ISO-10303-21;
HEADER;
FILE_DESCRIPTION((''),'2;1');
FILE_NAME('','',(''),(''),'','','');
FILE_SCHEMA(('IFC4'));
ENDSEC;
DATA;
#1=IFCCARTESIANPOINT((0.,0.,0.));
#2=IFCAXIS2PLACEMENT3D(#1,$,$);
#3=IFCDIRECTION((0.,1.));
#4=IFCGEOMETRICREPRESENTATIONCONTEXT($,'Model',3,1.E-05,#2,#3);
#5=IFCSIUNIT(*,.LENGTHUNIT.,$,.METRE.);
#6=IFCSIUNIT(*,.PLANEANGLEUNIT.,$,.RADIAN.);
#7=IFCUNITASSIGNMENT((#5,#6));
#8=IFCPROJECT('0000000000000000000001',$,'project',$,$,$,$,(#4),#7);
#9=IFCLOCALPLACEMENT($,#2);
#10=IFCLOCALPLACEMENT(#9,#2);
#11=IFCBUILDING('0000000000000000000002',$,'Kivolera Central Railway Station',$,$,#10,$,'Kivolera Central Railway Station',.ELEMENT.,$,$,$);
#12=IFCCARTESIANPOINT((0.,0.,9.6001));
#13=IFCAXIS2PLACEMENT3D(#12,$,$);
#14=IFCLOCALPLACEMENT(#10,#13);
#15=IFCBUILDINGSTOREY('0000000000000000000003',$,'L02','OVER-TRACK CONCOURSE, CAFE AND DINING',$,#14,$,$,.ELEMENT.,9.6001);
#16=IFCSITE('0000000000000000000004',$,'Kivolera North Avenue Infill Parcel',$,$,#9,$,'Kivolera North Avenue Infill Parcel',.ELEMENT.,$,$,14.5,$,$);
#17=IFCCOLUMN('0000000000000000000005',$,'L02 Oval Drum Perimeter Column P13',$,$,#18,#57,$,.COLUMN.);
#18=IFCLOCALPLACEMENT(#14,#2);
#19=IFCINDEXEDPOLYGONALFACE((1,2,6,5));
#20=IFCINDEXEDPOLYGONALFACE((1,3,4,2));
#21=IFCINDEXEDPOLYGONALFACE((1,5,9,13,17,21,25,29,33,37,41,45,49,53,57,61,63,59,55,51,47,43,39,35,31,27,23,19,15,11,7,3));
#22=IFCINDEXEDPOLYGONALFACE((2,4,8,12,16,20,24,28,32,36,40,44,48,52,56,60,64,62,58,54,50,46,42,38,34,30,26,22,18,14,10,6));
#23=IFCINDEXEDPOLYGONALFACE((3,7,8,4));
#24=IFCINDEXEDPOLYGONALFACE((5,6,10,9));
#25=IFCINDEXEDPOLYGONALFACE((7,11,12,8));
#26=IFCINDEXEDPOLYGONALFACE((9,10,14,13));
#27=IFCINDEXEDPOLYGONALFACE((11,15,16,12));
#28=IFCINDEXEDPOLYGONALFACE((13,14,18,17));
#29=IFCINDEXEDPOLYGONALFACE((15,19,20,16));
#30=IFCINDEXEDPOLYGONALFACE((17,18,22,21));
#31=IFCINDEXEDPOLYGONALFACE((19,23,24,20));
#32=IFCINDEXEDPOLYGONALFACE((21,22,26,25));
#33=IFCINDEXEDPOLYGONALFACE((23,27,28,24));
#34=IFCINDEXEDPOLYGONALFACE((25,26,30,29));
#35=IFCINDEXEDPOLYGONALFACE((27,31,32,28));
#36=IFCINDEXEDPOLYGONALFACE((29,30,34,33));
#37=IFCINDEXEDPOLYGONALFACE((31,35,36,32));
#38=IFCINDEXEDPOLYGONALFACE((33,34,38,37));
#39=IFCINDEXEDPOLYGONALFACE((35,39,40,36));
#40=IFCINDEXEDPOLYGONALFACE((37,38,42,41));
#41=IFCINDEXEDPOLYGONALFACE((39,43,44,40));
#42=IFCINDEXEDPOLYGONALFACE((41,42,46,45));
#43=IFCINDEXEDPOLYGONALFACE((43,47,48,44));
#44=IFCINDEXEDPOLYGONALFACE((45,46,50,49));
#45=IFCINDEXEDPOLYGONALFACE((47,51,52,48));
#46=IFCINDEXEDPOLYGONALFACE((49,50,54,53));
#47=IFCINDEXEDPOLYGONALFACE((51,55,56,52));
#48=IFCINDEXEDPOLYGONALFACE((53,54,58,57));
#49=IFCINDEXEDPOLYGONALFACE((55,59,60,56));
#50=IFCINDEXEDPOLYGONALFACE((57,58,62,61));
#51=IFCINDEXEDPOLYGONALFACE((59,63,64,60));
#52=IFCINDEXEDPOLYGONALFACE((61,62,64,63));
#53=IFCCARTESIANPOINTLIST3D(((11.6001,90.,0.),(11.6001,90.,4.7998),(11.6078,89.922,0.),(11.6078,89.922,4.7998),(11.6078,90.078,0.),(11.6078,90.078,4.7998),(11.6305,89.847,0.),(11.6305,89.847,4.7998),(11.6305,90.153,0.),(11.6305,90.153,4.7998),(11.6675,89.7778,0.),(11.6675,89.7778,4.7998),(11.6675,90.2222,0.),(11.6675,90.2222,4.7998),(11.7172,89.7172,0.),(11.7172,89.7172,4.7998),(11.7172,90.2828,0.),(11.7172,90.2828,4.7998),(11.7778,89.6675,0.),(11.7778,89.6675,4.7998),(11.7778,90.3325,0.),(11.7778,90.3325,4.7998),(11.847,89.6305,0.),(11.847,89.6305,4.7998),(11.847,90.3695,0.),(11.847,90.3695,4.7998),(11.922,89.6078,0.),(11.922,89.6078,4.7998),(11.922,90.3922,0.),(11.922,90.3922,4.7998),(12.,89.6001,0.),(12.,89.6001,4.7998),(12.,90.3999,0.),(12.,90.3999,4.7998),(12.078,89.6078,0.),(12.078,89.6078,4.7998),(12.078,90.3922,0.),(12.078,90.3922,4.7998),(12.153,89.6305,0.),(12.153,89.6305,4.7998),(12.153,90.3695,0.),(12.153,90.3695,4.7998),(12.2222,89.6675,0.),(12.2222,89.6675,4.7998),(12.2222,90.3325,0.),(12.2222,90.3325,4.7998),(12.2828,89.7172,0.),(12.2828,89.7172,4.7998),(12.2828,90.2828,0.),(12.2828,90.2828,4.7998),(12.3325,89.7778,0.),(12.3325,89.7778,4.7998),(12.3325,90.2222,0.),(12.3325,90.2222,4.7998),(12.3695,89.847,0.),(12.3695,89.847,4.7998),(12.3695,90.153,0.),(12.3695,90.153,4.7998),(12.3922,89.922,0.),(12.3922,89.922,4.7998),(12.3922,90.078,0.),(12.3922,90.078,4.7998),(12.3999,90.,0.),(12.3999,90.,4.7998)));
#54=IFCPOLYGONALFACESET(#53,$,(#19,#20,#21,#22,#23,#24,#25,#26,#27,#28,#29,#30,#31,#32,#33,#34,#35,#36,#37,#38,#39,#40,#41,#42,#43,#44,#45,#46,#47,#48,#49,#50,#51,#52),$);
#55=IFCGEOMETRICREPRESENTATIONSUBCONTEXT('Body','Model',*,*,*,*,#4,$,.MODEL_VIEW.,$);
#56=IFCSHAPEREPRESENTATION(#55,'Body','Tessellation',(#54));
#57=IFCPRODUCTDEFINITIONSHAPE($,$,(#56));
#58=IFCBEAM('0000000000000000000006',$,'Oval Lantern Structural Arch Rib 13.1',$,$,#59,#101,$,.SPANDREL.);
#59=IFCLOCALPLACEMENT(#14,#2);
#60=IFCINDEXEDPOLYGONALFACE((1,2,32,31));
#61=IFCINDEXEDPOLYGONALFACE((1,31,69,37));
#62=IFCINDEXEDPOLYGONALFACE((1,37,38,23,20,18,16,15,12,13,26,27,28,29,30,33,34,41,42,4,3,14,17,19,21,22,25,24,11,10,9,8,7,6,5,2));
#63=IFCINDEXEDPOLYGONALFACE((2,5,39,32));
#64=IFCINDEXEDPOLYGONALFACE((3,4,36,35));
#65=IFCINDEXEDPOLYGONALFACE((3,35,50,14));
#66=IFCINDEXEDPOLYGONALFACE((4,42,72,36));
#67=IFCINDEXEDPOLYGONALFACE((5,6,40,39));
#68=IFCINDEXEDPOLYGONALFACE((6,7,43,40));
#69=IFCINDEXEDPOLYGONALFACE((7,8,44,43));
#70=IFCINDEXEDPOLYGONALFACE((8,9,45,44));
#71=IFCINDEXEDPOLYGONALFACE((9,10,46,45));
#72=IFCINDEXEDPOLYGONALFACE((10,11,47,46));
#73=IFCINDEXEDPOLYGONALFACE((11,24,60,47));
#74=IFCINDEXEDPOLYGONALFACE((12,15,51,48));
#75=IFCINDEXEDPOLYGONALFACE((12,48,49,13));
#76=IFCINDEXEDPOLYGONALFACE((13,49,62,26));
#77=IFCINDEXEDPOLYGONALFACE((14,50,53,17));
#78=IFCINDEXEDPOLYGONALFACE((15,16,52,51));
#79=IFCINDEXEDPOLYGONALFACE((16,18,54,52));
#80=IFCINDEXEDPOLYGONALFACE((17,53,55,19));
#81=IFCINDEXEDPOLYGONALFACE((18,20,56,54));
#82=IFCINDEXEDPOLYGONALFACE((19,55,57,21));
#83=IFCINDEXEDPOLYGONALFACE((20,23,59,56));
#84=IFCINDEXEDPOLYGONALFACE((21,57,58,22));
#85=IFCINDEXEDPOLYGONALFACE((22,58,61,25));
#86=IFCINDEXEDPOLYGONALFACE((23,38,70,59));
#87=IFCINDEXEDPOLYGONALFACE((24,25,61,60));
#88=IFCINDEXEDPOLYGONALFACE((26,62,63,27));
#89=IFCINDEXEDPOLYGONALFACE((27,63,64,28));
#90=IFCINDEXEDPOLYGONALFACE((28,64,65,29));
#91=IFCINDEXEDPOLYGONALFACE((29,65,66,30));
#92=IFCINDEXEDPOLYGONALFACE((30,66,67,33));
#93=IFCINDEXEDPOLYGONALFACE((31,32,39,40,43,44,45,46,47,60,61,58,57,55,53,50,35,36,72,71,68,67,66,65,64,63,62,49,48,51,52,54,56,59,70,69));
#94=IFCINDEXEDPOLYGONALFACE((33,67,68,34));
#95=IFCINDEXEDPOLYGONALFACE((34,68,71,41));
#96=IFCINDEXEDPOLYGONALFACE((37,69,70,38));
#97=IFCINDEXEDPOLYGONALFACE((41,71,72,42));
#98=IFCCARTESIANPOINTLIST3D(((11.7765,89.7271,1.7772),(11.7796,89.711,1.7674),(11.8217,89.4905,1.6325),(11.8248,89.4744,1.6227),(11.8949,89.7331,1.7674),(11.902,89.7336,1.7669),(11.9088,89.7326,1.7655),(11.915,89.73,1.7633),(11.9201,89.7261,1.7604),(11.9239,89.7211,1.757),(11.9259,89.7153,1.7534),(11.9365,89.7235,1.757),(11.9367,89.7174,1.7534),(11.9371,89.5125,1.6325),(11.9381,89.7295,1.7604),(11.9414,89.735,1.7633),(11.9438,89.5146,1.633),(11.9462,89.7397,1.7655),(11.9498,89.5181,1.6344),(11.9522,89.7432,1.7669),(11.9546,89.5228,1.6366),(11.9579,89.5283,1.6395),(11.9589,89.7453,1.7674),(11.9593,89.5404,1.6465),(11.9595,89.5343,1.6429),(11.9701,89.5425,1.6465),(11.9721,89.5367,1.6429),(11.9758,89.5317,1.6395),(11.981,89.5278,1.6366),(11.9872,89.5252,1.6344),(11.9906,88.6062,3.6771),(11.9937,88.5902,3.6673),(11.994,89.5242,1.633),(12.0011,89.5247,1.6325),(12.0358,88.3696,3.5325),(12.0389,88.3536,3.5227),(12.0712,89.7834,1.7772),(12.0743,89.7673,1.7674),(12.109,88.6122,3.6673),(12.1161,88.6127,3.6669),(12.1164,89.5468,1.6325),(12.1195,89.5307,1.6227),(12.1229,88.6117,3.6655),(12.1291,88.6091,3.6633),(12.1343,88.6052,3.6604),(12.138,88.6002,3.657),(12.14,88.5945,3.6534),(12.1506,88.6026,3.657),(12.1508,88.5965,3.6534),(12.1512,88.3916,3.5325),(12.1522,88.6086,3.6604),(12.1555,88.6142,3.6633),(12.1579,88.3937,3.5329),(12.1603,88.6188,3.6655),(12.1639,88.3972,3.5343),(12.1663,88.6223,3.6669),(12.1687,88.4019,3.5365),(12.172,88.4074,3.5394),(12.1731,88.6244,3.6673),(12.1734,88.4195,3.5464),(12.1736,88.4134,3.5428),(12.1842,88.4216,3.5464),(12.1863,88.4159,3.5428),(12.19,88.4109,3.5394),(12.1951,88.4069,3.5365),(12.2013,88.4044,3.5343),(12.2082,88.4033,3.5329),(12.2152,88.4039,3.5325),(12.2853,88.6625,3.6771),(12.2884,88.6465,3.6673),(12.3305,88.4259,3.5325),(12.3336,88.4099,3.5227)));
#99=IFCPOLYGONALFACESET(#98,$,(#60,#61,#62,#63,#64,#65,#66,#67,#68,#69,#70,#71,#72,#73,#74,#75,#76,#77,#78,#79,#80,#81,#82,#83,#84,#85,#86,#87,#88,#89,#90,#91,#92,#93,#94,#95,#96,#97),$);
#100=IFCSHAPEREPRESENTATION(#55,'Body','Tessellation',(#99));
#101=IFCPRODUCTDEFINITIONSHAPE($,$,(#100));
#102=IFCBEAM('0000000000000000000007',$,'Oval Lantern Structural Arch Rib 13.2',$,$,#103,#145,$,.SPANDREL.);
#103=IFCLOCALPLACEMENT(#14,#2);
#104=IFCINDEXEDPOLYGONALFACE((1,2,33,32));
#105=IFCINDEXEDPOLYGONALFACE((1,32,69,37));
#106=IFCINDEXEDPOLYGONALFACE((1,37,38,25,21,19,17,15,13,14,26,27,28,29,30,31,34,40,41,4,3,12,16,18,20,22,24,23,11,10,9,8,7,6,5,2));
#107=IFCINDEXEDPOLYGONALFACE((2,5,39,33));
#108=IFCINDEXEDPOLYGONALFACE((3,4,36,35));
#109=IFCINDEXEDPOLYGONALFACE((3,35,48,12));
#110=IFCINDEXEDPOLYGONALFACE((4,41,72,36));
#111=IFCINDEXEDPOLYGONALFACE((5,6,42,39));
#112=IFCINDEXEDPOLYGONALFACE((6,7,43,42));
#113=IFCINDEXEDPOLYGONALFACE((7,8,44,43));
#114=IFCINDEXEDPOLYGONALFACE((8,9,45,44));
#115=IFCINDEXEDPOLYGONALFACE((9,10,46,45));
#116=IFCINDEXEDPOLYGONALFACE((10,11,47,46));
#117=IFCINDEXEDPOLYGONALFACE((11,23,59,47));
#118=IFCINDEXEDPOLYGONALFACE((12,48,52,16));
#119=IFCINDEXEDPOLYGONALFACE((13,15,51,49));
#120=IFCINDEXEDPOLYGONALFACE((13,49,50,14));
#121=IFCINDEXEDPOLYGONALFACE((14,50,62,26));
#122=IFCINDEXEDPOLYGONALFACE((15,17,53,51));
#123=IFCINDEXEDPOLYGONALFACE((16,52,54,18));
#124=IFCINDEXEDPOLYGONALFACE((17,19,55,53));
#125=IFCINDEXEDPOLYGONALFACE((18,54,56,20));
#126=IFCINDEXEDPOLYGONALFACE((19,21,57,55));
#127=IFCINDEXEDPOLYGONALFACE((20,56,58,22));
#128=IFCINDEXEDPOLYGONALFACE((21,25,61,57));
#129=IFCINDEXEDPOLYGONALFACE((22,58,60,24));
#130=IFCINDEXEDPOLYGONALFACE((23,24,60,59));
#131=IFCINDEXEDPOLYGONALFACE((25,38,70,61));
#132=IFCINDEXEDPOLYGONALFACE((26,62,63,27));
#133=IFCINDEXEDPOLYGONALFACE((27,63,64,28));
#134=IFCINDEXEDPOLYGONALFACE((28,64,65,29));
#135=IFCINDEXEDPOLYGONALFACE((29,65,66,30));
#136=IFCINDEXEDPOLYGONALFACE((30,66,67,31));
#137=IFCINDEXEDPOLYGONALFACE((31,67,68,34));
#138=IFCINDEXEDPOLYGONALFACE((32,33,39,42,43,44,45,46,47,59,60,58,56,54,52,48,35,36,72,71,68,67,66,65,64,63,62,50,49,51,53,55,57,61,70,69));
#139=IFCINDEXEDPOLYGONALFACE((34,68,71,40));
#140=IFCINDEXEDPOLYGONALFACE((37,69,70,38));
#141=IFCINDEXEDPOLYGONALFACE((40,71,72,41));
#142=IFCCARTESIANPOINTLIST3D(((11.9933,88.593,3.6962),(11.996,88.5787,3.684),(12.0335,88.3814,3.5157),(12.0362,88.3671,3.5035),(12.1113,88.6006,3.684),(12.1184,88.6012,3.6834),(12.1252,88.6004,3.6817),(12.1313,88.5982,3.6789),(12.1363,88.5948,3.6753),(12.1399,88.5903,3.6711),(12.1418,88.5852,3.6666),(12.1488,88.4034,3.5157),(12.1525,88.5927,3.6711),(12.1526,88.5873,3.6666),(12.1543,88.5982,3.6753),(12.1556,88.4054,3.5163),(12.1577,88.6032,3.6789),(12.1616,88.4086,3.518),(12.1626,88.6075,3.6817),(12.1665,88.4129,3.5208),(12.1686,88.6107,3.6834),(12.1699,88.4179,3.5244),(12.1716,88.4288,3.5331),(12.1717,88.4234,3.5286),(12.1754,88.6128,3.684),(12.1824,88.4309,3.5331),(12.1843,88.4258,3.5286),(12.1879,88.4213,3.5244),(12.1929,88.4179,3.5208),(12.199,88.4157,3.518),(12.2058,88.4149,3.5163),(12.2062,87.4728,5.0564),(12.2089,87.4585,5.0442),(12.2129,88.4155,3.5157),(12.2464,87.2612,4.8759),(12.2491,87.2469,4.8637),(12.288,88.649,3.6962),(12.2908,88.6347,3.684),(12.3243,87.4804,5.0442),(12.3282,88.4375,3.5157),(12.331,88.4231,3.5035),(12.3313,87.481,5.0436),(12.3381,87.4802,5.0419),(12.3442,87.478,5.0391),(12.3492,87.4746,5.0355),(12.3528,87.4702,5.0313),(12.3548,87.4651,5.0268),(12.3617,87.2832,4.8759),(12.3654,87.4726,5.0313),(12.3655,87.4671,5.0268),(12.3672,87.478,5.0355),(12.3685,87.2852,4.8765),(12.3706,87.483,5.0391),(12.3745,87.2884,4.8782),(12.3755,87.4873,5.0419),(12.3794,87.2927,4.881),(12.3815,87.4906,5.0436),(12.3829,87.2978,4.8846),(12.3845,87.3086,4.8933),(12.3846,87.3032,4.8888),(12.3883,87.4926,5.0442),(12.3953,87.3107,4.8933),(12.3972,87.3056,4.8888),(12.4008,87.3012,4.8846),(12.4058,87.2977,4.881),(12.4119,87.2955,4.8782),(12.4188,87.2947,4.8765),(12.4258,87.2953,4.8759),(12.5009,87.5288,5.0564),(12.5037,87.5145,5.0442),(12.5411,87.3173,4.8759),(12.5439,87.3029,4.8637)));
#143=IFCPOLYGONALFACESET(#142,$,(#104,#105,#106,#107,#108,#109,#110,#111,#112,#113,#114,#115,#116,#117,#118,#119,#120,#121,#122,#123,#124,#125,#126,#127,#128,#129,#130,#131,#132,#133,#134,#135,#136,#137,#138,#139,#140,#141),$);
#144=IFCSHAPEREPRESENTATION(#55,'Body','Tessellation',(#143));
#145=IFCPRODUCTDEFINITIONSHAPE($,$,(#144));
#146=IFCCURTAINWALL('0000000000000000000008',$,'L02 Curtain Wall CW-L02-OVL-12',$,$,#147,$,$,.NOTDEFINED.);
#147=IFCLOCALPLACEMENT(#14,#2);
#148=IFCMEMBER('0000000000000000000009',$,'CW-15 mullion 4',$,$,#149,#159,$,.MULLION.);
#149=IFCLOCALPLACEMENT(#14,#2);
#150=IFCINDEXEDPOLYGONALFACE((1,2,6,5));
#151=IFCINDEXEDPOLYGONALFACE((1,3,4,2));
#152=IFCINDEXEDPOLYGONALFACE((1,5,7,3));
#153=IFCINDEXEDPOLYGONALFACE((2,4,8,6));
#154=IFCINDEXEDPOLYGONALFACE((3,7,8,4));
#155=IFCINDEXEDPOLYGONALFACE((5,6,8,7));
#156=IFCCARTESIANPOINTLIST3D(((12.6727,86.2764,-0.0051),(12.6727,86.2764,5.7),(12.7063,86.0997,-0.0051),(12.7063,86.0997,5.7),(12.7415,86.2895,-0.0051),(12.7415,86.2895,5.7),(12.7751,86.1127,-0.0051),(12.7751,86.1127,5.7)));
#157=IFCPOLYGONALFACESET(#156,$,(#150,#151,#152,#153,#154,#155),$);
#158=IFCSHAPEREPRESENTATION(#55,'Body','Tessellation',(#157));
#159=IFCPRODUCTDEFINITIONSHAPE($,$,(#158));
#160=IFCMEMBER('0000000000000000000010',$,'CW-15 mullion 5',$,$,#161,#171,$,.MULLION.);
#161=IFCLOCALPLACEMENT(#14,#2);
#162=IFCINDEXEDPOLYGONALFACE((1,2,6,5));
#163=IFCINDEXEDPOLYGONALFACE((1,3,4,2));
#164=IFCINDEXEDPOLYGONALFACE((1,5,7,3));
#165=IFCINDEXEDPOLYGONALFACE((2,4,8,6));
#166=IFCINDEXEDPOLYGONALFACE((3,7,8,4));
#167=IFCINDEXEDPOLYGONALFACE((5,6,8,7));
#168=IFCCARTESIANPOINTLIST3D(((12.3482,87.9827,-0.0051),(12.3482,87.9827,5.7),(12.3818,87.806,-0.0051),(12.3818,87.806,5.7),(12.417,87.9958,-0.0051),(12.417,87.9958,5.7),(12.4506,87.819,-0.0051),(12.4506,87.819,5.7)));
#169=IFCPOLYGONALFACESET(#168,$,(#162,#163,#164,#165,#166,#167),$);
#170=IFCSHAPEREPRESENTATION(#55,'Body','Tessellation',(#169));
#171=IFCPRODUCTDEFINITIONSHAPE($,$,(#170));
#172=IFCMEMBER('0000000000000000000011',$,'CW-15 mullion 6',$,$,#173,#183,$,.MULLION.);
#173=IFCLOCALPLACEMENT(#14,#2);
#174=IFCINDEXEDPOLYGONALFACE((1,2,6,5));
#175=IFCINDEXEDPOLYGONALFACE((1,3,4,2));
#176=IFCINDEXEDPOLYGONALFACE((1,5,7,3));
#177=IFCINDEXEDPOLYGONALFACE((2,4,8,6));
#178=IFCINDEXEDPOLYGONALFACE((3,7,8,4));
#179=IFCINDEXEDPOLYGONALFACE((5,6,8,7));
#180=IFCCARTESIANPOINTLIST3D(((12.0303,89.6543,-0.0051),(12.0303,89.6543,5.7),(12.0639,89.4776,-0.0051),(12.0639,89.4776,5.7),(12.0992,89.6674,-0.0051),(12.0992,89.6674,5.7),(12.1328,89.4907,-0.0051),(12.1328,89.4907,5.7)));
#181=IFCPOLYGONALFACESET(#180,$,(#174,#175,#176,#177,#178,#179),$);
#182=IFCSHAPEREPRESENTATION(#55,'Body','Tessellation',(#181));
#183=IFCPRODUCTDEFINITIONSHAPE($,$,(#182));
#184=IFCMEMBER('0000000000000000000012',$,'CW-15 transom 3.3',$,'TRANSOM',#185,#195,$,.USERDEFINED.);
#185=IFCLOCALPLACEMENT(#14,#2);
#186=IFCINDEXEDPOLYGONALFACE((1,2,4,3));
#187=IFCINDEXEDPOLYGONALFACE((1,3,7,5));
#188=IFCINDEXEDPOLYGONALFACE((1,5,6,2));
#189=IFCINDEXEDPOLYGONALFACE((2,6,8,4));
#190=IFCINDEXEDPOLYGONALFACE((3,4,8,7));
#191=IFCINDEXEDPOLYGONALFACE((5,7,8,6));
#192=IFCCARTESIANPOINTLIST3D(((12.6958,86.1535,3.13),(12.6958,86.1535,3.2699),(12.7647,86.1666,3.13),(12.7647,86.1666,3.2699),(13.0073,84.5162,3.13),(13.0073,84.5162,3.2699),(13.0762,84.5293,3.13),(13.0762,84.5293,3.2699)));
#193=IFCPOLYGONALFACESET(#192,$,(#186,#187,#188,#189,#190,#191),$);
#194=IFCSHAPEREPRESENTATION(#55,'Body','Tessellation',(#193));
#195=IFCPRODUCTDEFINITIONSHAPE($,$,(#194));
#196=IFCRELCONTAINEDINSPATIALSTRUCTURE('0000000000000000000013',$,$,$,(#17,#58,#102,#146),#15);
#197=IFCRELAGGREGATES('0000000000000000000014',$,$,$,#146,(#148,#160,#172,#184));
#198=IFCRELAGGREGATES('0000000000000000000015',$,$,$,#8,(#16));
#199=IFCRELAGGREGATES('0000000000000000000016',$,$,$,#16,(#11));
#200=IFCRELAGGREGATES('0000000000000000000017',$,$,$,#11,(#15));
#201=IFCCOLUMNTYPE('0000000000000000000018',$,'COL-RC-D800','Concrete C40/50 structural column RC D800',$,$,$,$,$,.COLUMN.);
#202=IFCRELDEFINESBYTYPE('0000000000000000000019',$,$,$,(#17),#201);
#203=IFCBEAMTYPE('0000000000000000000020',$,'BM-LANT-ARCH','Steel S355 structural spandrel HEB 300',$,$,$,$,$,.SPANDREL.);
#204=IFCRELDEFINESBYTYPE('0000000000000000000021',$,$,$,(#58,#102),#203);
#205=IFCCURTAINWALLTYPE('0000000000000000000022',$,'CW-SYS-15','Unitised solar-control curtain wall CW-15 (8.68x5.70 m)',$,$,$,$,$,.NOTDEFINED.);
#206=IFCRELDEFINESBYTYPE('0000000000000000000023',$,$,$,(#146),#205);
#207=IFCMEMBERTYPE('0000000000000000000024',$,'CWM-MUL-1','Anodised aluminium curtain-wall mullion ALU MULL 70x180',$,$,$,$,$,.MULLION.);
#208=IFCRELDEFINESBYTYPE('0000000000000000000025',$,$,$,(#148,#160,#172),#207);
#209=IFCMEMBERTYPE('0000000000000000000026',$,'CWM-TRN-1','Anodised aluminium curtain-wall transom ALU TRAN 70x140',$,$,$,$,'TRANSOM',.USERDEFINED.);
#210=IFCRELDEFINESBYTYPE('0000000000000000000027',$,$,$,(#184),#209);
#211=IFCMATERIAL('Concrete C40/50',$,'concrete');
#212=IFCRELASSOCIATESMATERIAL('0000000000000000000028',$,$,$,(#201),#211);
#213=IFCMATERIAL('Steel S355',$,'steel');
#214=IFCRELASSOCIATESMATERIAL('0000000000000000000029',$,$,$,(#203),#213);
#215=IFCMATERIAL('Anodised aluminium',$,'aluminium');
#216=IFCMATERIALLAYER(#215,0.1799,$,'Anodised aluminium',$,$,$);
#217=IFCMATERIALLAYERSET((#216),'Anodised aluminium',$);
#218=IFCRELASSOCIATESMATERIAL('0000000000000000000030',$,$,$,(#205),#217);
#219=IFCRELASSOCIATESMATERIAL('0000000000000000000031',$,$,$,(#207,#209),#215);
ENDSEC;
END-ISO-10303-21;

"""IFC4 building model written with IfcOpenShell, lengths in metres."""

from ifc_helpers import new_model, si_unit, direction, frame, origin, origin_2d, place, context, subcontext, project, spatial, rectangle, circle, i_section, extrude, material, layer, layer_set, material_profile, profile_set, type_object, element, aggregate, save


model = new_model("IFC4")

# Units and contexts
model_context = context("Model", 3, precision=1e-05, world=origin(), true_north=direction((0.0, 1.0)))
body_context = subcontext(model_context, "Body", "Model", "MODEL_VIEW")
ifc_project = project(units=[si_unit("LENGTHUNIT", "METRE"), si_unit("PLANEANGLEUNIT", "RADIAN")], contexts=[model_context])

# Site, building, storey
site_placement = place(None, origin())
site = spatial("IfcSite", under=ifc_project, at=site_placement, Name="Kivolera North Avenue Infill Parcel", LongName="Kivolera North Avenue Infill Parcel", CompositionType="ELEMENT", RefElevation=14.5)
building_placement = place(site_placement, origin())
building = spatial("IfcBuilding", under=site, at=building_placement, Name="Kivolera Central Railway Station", LongName="Kivolera Central Railway Station", CompositionType="ELEMENT")
storey_placement = place(building_placement, frame((0.0, 0.0, 9.6001)))
storey = spatial("IfcBuildingStorey", under=building, at=storey_placement, Name="L02", Description="OVER-TRACK CONCOURSE, CAFE AND DINING", CompositionType="ELEMENT", Elevation=9.6001)

# Column
ifc_material_1 = material(Name="Concrete C40/50", Category="concrete")
ifc_material_profile_1 = material_profile(ifc_material_1, circle(Radius=0.3999, at=origin_2d()), Name="RC D800")
ifc_profile_set_1 = profile_set([ifc_material_profile_1], Name="Concrete C40/50")
column_type = type_object("IfcColumnType", Name="COL-RC-D800", Description="Concrete C40/50 structural column RC D800", PredefinedType="COLUMN", material=ifc_profile_set_1)
column_placement = place(storey_placement, frame((12.0, 90.0, 0.0), z_axis=(0.0, 0.0, 1.0), x_axis=(1.0, 0.0, 0.0)))
element("IfcColumn", 1, at=column_placement, inside=storey, type_object=column_type, Name="L02 Oval Drum Perimeter Column P13", PredefinedType="COLUMN", context=body_context, shape_type="SweptSolid", body=[
    extrude(circle(Radius=0.3999, at=origin_2d()), origin(), (0.0, 0.0, 1.0), 4.7998),
])

# Beams
ifc_material_2 = material(Name="Steel S355", Category="steel")
ifc_material_profile_2 = material_profile(ifc_material_2, i_section(OverallWidth=0.3, OverallDepth=0.3, WebThickness=0.011, FlangeThickness=0.019, FilletRadius=0.0271, at=origin_2d()), Name="HEB 300")
ifc_profile_set_2 = profile_set([ifc_material_profile_2], Name="Steel S355")
beam_type = type_object("IfcBeamType", Name="BM-LANT-ARCH", Description="Steel S355 structural spandrel HEB 300", PredefinedType="SPANDREL", material=ifc_profile_set_2)
beam_1_placement = place(storey_placement, frame((11.948, 89.6289, 1.7), z_axis=(0.09661, -0.505741, 0.857259), x_axis=(0.982239, 0.187633, 0.0)))
element("IfcBeam", 2, at=beam_1_placement, inside=storey, type_object=beam_type, Name="Oval Lantern Structural Arch Rib 13.1", PredefinedType="SPANDREL", context=body_context, shape_type="SweptSolid", body=[
    extrude(i_section(OverallWidth=0.3, OverallDepth=0.3, WebThickness=0.011, FlangeThickness=0.019, FilletRadius=0.0271, at=origin_2d()), origin(), (0.0, 0.0, 1.0), 2.2163),
])
beam_2_placement = place(storey_placement, frame((12.1621, 88.5081, 3.5999), z_axis=(0.119953, -0.631127, 0.766349), x_axis=(0.982413, 0.186719, 0.0)))
element("IfcBeam", 3, at=beam_2_placement, inside=storey, type_object=beam_type, Name="Oval Lantern Structural Arch Rib 13.2", PredefinedType="SPANDREL", context=body_context, shape_type="SweptSolid", body=[
    extrude(i_section(OverallWidth=0.3, OverallDepth=0.3, WebThickness=0.011, FlangeThickness=0.019, FilletRadius=0.0271, at=origin_2d()), origin(), (0.0, 0.0, 1.0), 1.7749),
])

# Curtain wall, members
ifc_material_3 = material(Name="Anodised aluminium", Category="aluminium")
ifc_layer_1 = layer(ifc_material_3, 0.1799, Name="Anodised aluminium")
ifc_layer_set_1 = layer_set([ifc_layer_1], Name="Anodised aluminium")
curtain_wall_type = type_object("IfcCurtainWallType", Name="CW-SYS-15", Description="Unitised solar-control curtain wall CW-15 (8.68x5.70 m)", PredefinedType="NOTDEFINED", material=ifc_layer_set_1)
curtain_wall_placement = place(storey_placement, origin())
curtain_wall = element("IfcCurtainWall", 4, at=curtain_wall_placement, inside=storey, type_object=curtain_wall_type, Name="L02 Curtain Wall CW-L02-OVL-12", PredefinedType="NOTDEFINED")
ifc_material_profile_3 = material_profile(ifc_material_3, rectangle(XDim=0.0701, YDim=0.1799, at=origin_2d()), Name="ALU MULL 70x180")
ifc_profile_set_3 = profile_set([ifc_material_profile_3], Name="Anodised aluminium")
member_type_1 = type_object("IfcMemberType", Name="CWM-MUL-1", Description="Anodised aluminium curtain-wall mullion ALU MULL 70x180", PredefinedType="MULLION", material=ifc_profile_set_3)
member_1_placement = place(storey_placement, frame((12.7239, 86.1946, -0.0051), z_axis=(0.0, 0.0, 1.0), x_axis=(-0.982401, -0.186784, 0.0)))
member_1 = element("IfcMember", 5, at=member_1_placement, type_object=member_type_1, Name="CW-15 mullion 4", PredefinedType="MULLION", context=body_context, shape_type="SweptSolid", body=[
    extrude(rectangle(XDim=0.0701, YDim=0.1799, at=origin_2d()), origin(), (0.0, 0.0, 1.0), 5.7051),
])
member_2_placement = place(storey_placement, frame((12.3994, 87.9009, -0.0051), z_axis=(0.0, 0.0, 1.0), x_axis=(-0.982401, -0.186784, 0.0)))
member_2 = element("IfcMember", 6, at=member_2_placement, type_object=member_type_1, Name="CW-15 mullion 5", PredefinedType="MULLION", context=body_context, shape_type="SweptSolid", body=[
    extrude(rectangle(XDim=0.0701, YDim=0.1799, at=origin_2d()), origin(), (0.0, 0.0, 1.0), 5.7051),
])
member_3_placement = place(storey_placement, frame((12.0815, 89.5725, -0.0051), z_axis=(0.0, 0.0, 1.0), x_axis=(-0.982401, -0.186784, 0.0)))
member_3 = element("IfcMember", 7, at=member_3_placement, type_object=member_type_1, Name="CW-15 mullion 6", PredefinedType="MULLION", context=body_context, shape_type="SweptSolid", body=[
    extrude(rectangle(XDim=0.0701, YDim=0.1799, at=origin_2d()), origin(), (0.0, 0.0, 1.0), 5.7051),
])
ifc_material_profile_4 = material_profile(ifc_material_3, rectangle(XDim=0.0701, YDim=0.1399, at=origin_2d()), Name="ALU TRAN 70x140")
ifc_profile_set_4 = profile_set([ifc_material_profile_4], Name="Anodised aluminium")
member_type_2 = type_object("IfcMemberType", Name="CWM-TRN-1", Description="Anodised aluminium curtain-wall transom ALU TRAN 70x140", ElementType="TRANSOM", PredefinedType="USERDEFINED", material=ifc_profile_set_4)
member_4_placement = place(storey_placement, frame((13.0417, 84.5227, 3.2), z_axis=(-0.186897, 0.98238, 0.0), x_axis=(-0.98238, -0.186897, 0.0)))
member_4 = element("IfcMember", 8, at=member_4_placement, type_object=member_type_2, Name="CW-15 transom 3.3", ObjectType="TRANSOM", PredefinedType="USERDEFINED", context=body_context, shape_type="SweptSolid", body=[
    extrude(rectangle(XDim=0.0701, YDim=0.1399, at=origin_2d()), origin(), (0.0, 0.0, 1.0), 1.6667),
])
aggregate(curtain_wall, [member_1, member_2, member_3, member_4])

save(model, "model.ifc")
